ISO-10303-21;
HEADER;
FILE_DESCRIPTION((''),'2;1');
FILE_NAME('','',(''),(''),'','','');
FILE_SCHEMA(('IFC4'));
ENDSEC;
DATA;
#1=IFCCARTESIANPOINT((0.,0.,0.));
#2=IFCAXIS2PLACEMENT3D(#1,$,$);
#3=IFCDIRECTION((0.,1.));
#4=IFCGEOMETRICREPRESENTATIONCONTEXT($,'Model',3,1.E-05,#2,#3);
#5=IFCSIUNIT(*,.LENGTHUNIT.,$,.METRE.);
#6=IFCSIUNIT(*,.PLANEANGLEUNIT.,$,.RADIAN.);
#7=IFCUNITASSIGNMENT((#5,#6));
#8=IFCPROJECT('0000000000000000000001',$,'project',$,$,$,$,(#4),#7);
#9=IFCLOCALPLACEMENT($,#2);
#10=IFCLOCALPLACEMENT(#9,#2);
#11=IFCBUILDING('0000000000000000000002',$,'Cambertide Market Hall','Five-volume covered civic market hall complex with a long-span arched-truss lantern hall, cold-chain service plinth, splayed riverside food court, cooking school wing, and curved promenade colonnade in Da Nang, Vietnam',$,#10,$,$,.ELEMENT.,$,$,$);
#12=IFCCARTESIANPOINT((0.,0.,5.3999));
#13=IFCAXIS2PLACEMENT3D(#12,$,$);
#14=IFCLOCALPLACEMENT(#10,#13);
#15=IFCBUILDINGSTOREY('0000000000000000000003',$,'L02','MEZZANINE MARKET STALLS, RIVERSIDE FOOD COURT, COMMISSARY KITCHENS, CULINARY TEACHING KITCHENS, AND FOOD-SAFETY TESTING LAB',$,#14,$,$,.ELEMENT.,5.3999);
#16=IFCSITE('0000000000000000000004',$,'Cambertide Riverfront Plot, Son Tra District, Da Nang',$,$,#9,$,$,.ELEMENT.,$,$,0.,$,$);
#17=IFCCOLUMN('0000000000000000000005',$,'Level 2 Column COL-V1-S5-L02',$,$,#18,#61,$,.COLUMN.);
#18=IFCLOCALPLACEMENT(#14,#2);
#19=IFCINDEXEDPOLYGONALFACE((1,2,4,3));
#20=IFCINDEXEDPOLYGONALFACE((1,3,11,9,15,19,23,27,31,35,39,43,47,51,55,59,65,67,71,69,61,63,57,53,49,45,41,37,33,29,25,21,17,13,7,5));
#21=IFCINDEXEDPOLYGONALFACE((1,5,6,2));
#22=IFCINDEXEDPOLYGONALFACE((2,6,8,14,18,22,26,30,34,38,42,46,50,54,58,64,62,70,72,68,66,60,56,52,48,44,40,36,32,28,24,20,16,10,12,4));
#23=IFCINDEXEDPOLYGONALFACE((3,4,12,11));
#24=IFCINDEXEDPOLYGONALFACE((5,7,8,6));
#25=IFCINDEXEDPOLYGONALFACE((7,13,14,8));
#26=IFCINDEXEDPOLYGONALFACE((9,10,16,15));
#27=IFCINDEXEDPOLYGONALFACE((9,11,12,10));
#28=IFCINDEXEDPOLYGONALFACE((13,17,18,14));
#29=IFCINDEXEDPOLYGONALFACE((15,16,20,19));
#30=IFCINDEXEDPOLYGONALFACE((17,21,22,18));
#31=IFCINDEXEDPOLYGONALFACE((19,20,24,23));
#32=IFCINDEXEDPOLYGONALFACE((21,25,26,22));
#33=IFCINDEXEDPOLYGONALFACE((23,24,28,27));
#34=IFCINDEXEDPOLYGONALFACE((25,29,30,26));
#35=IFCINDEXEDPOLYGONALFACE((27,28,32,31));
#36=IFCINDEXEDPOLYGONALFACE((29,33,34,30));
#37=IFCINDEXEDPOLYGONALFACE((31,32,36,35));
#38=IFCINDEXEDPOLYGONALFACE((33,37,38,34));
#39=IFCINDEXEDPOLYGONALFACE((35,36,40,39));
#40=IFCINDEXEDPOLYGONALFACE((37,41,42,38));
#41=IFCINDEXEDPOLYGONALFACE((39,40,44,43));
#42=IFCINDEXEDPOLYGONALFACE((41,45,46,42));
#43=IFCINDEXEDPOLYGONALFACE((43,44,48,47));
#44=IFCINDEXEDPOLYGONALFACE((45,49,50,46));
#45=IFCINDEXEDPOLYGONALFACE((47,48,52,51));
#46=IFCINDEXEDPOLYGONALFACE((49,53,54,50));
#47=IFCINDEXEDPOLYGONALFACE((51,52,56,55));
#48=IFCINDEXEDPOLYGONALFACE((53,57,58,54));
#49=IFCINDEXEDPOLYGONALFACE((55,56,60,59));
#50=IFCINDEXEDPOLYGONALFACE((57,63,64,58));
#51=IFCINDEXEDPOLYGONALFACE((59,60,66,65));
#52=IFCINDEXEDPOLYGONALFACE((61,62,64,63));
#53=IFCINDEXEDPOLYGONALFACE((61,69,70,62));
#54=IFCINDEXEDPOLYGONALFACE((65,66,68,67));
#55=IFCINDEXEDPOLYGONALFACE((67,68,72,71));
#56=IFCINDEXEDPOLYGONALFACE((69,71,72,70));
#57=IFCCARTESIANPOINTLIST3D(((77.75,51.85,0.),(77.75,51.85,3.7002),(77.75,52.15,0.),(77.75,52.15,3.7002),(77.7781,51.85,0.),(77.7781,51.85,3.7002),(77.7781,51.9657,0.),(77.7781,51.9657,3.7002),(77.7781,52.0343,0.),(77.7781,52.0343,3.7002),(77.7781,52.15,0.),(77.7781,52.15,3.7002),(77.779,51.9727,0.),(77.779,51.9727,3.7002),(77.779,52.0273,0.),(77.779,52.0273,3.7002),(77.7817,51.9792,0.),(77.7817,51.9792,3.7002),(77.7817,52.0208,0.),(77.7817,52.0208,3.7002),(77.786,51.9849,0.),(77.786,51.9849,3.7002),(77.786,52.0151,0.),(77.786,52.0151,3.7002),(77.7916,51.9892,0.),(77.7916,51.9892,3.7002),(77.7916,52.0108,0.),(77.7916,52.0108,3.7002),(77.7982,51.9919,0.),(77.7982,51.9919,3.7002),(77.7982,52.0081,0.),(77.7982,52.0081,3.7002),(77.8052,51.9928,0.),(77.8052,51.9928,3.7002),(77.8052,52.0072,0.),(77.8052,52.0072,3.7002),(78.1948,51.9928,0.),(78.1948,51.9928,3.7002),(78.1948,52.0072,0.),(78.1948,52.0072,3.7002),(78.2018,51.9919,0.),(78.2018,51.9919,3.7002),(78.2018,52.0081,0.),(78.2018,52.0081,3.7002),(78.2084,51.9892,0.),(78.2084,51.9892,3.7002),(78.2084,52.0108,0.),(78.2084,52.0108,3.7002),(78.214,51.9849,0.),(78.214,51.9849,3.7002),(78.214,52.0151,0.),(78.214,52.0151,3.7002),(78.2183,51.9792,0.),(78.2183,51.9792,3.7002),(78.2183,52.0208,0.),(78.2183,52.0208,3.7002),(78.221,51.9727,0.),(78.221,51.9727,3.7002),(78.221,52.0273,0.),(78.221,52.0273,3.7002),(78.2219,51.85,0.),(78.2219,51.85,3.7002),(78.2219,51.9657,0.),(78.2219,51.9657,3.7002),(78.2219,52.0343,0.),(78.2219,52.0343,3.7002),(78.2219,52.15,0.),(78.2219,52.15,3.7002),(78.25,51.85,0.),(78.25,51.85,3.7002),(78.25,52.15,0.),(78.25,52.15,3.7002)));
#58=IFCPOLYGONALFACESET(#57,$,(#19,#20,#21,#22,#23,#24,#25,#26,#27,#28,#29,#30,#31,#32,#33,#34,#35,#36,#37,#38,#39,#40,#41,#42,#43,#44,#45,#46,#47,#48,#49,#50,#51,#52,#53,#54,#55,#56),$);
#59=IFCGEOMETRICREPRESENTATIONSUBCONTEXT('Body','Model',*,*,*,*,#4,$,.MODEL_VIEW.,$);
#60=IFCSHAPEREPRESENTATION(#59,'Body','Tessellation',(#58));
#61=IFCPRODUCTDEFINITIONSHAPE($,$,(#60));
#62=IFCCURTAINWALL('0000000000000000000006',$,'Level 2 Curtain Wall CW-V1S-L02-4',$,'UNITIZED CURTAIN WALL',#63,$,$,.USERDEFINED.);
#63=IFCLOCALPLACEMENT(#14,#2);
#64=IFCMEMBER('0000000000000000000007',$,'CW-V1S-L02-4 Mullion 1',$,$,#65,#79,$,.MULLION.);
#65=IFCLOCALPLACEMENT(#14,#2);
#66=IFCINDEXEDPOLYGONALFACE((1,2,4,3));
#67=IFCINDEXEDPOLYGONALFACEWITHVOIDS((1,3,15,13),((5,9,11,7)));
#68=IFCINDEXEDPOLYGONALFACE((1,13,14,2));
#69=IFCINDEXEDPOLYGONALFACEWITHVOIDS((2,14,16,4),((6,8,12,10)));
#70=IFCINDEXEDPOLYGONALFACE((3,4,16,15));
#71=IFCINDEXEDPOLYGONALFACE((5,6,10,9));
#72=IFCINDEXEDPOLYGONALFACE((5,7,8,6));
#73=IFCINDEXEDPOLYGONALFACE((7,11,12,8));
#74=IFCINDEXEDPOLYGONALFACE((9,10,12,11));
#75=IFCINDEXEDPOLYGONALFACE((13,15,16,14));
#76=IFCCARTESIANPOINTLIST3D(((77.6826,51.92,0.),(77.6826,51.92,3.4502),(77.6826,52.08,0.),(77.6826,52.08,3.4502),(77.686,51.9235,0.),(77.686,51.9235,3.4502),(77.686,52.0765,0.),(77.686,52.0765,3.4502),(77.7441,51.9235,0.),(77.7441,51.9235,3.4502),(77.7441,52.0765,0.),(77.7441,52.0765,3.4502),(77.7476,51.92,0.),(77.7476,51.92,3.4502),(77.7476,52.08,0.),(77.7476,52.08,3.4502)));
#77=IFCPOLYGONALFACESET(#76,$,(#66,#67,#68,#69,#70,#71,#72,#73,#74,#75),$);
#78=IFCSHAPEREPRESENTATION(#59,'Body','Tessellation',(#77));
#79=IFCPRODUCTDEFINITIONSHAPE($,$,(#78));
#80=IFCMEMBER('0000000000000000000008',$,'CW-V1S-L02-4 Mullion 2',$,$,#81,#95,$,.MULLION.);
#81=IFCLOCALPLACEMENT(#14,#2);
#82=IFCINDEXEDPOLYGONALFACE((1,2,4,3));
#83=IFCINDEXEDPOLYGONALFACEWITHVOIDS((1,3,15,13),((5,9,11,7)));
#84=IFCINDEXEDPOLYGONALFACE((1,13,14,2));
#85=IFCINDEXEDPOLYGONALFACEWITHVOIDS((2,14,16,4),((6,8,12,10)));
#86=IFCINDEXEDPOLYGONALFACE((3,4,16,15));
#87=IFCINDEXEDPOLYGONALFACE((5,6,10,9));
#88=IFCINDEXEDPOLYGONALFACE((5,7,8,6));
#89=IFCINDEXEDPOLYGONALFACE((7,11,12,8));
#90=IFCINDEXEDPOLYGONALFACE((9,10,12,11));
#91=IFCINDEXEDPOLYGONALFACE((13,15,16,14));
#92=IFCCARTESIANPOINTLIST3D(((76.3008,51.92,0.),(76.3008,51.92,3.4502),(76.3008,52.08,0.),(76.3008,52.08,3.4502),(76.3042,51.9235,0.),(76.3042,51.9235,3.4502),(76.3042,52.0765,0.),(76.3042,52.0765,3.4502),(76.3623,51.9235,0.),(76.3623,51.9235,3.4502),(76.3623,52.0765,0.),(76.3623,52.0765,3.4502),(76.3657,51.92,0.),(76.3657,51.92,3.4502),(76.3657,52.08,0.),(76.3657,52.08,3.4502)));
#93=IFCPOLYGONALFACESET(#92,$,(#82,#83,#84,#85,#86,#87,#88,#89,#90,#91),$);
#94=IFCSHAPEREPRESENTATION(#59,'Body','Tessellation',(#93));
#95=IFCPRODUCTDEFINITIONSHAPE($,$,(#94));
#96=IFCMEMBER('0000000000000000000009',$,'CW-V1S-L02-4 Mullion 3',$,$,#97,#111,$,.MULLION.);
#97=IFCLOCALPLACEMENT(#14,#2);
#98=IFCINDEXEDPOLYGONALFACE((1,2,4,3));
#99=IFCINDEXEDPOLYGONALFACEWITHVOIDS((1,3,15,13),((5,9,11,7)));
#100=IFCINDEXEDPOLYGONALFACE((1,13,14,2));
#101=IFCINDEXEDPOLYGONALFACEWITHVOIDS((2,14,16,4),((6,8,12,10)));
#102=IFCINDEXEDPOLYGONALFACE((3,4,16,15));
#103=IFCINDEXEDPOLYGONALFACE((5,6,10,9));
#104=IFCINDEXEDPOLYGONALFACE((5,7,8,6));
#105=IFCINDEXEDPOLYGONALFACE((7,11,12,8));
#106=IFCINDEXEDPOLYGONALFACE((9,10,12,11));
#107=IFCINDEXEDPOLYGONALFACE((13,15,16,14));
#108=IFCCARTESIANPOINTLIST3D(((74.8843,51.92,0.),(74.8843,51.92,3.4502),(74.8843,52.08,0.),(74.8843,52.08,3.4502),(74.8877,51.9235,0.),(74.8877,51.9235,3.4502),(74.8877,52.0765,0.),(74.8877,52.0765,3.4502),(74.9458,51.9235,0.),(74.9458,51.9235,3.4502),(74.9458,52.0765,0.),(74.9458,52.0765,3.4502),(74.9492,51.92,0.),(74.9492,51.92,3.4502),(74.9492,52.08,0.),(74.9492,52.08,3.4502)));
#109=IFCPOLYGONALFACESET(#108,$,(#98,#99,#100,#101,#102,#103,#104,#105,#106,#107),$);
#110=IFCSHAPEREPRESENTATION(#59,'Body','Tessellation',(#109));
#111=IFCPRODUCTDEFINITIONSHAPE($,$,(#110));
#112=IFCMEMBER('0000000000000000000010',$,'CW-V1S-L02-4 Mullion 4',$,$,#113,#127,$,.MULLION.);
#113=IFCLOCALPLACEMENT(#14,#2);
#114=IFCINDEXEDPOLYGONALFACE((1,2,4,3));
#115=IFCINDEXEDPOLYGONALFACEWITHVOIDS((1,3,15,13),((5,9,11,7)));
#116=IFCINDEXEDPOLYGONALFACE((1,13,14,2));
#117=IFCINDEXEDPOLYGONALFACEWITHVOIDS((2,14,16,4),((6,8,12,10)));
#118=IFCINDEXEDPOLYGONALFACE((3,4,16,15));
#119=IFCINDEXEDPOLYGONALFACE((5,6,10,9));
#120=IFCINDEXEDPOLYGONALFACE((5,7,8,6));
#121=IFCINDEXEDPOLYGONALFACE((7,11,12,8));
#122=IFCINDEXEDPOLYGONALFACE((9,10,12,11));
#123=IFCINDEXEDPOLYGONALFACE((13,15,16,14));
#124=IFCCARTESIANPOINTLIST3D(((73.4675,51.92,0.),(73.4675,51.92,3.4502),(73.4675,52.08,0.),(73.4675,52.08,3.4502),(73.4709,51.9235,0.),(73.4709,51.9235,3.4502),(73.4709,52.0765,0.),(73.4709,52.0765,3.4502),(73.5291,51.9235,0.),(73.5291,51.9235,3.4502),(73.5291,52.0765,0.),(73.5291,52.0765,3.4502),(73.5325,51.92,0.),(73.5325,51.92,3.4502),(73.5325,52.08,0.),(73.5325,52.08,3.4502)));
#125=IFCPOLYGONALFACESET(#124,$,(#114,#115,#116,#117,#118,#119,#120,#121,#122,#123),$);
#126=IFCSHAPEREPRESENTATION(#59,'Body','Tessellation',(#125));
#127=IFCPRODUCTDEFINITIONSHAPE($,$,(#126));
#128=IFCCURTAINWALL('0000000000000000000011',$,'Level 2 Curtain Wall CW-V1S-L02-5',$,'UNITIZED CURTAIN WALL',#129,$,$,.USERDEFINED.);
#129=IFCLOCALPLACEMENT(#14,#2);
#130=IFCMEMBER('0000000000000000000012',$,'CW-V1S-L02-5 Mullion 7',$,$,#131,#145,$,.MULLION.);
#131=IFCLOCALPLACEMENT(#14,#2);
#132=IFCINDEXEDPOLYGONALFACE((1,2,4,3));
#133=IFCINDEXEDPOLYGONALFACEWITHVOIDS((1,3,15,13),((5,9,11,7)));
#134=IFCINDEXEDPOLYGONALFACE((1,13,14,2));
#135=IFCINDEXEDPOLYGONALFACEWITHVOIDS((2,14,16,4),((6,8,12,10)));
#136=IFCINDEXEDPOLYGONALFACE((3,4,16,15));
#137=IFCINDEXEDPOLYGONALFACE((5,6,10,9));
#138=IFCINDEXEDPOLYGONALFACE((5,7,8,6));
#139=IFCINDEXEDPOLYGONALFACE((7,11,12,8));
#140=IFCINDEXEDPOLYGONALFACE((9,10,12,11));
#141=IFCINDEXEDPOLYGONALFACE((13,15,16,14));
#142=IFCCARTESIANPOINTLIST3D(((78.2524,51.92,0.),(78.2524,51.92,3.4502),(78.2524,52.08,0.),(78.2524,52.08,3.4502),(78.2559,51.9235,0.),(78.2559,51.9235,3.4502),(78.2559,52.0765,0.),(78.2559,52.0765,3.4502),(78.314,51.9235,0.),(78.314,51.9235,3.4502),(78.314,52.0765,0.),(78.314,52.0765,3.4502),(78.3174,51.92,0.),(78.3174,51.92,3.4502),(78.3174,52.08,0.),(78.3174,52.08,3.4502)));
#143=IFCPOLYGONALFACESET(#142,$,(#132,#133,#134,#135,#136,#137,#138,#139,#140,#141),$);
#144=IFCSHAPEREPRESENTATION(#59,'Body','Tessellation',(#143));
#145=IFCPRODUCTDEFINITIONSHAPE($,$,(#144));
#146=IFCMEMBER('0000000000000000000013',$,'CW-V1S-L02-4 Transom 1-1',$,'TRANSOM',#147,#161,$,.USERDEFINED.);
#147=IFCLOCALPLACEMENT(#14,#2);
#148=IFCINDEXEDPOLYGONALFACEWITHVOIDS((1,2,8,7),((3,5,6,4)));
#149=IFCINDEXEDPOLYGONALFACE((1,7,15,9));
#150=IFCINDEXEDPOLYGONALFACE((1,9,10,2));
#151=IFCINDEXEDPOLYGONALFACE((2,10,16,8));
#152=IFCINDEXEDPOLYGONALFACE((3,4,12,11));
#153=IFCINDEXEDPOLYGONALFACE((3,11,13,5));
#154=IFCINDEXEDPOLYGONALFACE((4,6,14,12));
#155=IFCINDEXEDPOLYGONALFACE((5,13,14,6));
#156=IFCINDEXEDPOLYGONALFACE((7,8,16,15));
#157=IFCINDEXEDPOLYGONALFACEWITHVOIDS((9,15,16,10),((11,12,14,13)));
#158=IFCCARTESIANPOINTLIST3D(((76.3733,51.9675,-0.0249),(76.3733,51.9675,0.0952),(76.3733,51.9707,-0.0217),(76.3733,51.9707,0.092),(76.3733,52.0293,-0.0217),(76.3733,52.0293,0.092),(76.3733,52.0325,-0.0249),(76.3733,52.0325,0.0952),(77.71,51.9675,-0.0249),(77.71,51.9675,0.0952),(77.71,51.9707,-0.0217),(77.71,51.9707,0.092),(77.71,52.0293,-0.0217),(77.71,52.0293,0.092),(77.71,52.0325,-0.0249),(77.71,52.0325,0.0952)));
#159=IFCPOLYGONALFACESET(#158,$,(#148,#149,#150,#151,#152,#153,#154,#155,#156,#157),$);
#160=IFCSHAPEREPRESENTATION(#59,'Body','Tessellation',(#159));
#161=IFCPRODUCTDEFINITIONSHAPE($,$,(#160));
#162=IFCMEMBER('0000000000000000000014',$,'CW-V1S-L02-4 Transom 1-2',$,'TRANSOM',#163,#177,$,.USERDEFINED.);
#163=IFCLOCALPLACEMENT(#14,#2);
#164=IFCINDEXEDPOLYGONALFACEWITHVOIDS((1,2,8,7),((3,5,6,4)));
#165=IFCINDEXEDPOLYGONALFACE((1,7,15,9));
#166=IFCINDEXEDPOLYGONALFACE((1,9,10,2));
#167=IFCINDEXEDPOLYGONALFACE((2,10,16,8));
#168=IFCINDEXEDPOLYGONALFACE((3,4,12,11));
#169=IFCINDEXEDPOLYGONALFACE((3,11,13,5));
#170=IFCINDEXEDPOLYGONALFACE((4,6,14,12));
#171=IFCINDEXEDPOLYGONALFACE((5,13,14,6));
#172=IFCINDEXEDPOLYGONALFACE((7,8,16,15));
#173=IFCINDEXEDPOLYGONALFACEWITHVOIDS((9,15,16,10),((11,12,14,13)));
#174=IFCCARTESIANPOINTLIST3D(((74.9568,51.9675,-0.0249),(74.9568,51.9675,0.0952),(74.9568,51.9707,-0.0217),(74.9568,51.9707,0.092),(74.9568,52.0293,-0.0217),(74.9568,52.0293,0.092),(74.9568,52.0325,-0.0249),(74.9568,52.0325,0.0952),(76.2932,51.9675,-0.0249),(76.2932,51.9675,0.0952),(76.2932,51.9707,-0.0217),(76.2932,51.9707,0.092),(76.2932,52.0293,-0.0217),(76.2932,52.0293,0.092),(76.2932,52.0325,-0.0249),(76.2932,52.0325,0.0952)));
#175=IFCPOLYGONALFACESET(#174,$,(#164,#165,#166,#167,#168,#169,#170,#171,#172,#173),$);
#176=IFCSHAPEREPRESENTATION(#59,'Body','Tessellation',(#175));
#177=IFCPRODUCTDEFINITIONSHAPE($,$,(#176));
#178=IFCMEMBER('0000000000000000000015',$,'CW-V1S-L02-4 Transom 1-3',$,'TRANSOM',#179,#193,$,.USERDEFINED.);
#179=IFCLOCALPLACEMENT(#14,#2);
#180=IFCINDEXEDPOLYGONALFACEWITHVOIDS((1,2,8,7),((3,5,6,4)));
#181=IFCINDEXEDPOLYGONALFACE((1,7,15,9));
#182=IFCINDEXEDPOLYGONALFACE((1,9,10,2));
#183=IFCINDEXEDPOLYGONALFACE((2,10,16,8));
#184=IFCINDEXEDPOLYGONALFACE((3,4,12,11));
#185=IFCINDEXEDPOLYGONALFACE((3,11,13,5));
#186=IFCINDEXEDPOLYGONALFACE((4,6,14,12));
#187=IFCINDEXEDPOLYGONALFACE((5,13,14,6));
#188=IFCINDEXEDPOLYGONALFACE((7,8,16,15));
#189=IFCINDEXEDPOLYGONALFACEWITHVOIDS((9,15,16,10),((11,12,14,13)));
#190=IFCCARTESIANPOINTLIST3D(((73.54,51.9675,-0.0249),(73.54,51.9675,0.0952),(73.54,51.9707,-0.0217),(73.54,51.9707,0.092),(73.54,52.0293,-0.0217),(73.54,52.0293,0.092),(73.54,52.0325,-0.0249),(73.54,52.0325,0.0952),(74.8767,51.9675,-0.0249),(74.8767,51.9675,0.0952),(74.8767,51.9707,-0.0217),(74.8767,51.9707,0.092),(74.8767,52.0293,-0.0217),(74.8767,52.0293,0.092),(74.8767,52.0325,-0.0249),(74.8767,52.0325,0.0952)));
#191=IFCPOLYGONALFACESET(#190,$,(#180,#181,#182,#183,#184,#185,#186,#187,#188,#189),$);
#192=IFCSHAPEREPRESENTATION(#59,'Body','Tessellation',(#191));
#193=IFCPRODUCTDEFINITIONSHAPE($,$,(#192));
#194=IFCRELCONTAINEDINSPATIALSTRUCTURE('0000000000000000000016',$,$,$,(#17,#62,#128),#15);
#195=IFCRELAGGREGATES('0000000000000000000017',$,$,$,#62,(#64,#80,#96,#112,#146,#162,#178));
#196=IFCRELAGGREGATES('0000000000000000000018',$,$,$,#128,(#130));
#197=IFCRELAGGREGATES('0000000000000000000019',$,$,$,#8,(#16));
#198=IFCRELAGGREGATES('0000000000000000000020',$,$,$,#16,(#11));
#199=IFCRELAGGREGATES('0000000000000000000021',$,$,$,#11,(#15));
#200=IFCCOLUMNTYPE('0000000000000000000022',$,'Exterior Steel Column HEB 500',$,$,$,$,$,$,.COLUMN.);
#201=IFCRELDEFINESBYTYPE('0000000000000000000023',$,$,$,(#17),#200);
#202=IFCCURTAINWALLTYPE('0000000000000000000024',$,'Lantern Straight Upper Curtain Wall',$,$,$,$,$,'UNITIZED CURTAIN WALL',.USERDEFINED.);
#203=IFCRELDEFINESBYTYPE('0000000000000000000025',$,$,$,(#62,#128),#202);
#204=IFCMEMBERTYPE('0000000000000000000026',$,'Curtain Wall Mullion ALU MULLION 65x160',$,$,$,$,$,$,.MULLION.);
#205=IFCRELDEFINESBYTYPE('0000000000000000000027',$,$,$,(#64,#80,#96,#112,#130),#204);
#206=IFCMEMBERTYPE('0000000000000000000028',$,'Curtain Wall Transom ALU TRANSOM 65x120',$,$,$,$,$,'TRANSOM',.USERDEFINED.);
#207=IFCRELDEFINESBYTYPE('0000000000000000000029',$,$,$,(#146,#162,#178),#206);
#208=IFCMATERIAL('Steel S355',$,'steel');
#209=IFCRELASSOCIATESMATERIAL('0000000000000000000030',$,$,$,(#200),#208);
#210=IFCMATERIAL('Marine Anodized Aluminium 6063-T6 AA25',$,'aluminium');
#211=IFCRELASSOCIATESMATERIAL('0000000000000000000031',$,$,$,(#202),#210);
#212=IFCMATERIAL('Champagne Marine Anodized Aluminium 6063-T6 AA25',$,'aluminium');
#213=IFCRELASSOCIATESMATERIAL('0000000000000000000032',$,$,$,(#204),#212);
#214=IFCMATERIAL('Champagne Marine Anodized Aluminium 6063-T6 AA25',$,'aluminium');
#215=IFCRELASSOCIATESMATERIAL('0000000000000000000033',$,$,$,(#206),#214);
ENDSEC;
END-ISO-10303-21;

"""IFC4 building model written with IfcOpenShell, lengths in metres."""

from ifc_helpers import new_model, si_unit, direction, frame, origin, origin_2d, place, context, subcontext, project, spatial, hollow_rectangle, i_section, extrude, material, material_profile, profile_set, type_object, element, aggregate, save


model = new_model("IFC4")

# Units and contexts
model_context = context("Model", 3, precision=1e-05, world=origin(), true_north=direction((0.0, 1.0)))
body_context = subcontext(model_context, "Body", "Model", "MODEL_VIEW")
ifc_project = project(units=[si_unit("LENGTHUNIT", "METRE"), si_unit("PLANEANGLEUNIT", "RADIAN")], contexts=[model_context])

# Site, building, storey
site_placement = place(None, origin())
site = spatial("IfcSite", under=ifc_project, at=site_placement, Name="Cambertide Riverfront Plot, Son Tra District, Da Nang", CompositionType="ELEMENT", RefElevation=0.0)
building_placement = place(site_placement, origin())
building = spatial("IfcBuilding", under=site, at=building_placement, Name="Cambertide Market Hall", Description="Five-volume covered civic market hall complex with a long-span arched-truss lantern hall, cold-chain service plinth, splayed riverside food court, cooking school wing, and curved promenade colonnade in Da Nang, Vietnam", CompositionType="ELEMENT")
storey_placement = place(building_placement, frame((0.0, 0.0, 5.3999)))
storey = spatial("IfcBuildingStorey", under=building, at=storey_placement, Name="L02", Description="MEZZANINE MARKET STALLS, RIVERSIDE FOOD COURT, COMMISSARY KITCHENS, CULINARY TEACHING KITCHENS, AND FOOD-SAFETY TESTING LAB", CompositionType="ELEMENT", Elevation=5.3999)

# Column
ifc_material_1 = material(Name="Steel S355", Category="steel")
ifc_material_profile_1 = material_profile(ifc_material_1, i_section(OverallWidth=0.3, OverallDepth=0.5, WebThickness=0.0144, FlangeThickness=0.0281, FilletRadius=0.0271, at=origin_2d()), Name="HEB 500")
ifc_profile_set_1 = profile_set([ifc_material_profile_1], Name="Steel S355")
column_type = type_object("IfcColumnType", Name="Exterior Steel Column HEB 500", PredefinedType="COLUMN", material=ifc_profile_set_1)
column_placement = place(storey_placement, frame((78.0, 52.0, 0.0), z_axis=(0.0, 0.0, 1.0), x_axis=(0.0, 1.0, 0.0)))
element("IfcColumn", 1, at=column_placement, inside=storey, type_object=column_type, Name="Level 2 Column COL-V1-S5-L02", PredefinedType="COLUMN", context=body_context, shape_type="SweptSolid", body=[
    extrude(i_section(OverallWidth=0.3, OverallDepth=0.5, WebThickness=0.0144, FlangeThickness=0.0281, FilletRadius=0.0271, at=origin_2d()), origin(), (0.0, 0.0, 1.0), 3.7002),
])

# Curtain wall, members
ifc_material_2 = material(Name="Marine Anodized Aluminium 6063-T6 AA25", Category="aluminium")
curtain_wall_type = type_object("IfcCurtainWallType", Name="Lantern Straight Upper Curtain Wall", ElementType="UNITIZED CURTAIN WALL", PredefinedType="USERDEFINED", material=ifc_material_2)
curtain_wall_1_placement = place(storey_placement, origin())
curtain_wall_1 = element("IfcCurtainWall", 2, at=curtain_wall_1_placement, inside=storey, type_object=curtain_wall_type, Name="Level 2 Curtain Wall CW-V1S-L02-4", ObjectType="UNITIZED CURTAIN WALL", PredefinedType="USERDEFINED")
ifc_material_3 = material(Name="Champagne Marine Anodized Aluminium 6063-T6 AA25", Category="aluminium")
ifc_material_profile_2 = material_profile(ifc_material_3, hollow_rectangle(XDim=0.0649, YDim=0.1599, WallThickness=0.0034, at=origin_2d()), Name="ALU MULLION 65x160")
ifc_profile_set_2 = profile_set([ifc_material_profile_2], Name="Champagne Marine Anodized Aluminium 6063-T6 AA25")
member_type_1 = type_object("IfcMemberType", Name="Curtain Wall Mullion ALU MULLION 65x160", PredefinedType="MULLION", material=ifc_profile_set_2)
member_1_placement = place(storey_placement, frame((77.7151, 52.0, 0.0), z_axis=(0.0, 0.0, 1.0), x_axis=(-1.0, 0.0, 0.0)))
member_1 = element("IfcMember", 3, at=member_1_placement, type_object=member_type_1, Name="CW-V1S-L02-4 Mullion 1", PredefinedType="MULLION", context=body_context, shape_type="SweptSolid", body=[
    extrude(hollow_rectangle(XDim=0.0649, YDim=0.1599, WallThickness=0.0034, at=origin_2d()), origin(), (0.0, 0.0, 1.0), 3.4502),
])
member_2_placement = place(storey_placement, frame((76.3333, 52.0, 0.0), z_axis=(0.0, 0.0, 1.0), x_axis=(-1.0, 0.0, 0.0)))
member_2 = element("IfcMember", 4, at=member_2_placement, type_object=member_type_1, Name="CW-V1S-L02-4 Mullion 2", PredefinedType="MULLION", context=body_context, shape_type="SweptSolid", body=[
    extrude(hollow_rectangle(XDim=0.0649, YDim=0.1599, WallThickness=0.0034, at=origin_2d()), origin(), (0.0, 0.0, 1.0), 3.4502),
])
member_3_placement = place(storey_placement, frame((74.9167, 52.0, 0.0), z_axis=(0.0, 0.0, 1.0), x_axis=(-1.0, 0.0, 0.0)))
member_3 = element("IfcMember", 5, at=member_3_placement, type_object=member_type_1, Name="CW-V1S-L02-4 Mullion 3", PredefinedType="MULLION", context=body_context, shape_type="SweptSolid", body=[
    extrude(hollow_rectangle(XDim=0.0649, YDim=0.1599, WallThickness=0.0034, at=origin_2d()), origin(), (0.0, 0.0, 1.0), 3.4502),
])
member_4_placement = place(storey_placement, frame((73.5, 52.0, 0.0), z_axis=(0.0, 0.0, 1.0), x_axis=(-1.0, 0.0, 0.0)))
member_4 = element("IfcMember", 6, at=member_4_placement, type_object=member_type_1, Name="CW-V1S-L02-4 Mullion 4", PredefinedType="MULLION", context=body_context, shape_type="SweptSolid", body=[
    extrude(hollow_rectangle(XDim=0.0649, YDim=0.1599, WallThickness=0.0034, at=origin_2d()), origin(), (0.0, 0.0, 1.0), 3.4502),
])

# Curtain wall, member
curtain_wall_2_placement = place(storey_placement, origin())
curtain_wall_2 = element("IfcCurtainWall", 7, at=curtain_wall_2_placement, inside=storey, type_object=curtain_wall_type, Name="Level 2 Curtain Wall CW-V1S-L02-5", ObjectType="UNITIZED CURTAIN WALL", PredefinedType="USERDEFINED")
member_5_placement = place(storey_placement, frame((78.2849, 52.0, 0.0), z_axis=(0.0, 0.0, 1.0), x_axis=(-1.0, 0.0, 0.0)))
member_5 = element("IfcMember", 8, at=member_5_placement, type_object=member_type_1, Name="CW-V1S-L02-5 Mullion 7", PredefinedType="MULLION", context=body_context, shape_type="SweptSolid", body=[
    extrude(hollow_rectangle(XDim=0.0649, YDim=0.1599, WallThickness=0.0034, at=origin_2d()), origin(), (0.0, 0.0, 1.0), 3.4502),
])

# Members
ifc_material_4 = material(Name="Champagne Marine Anodized Aluminium 6063-T6 AA25", Category="aluminium")
ifc_material_profile_3 = material_profile(ifc_material_4, hollow_rectangle(XDim=0.0649, YDim=0.1201, WallThickness=0.0032, at=origin_2d()), Name="ALU TRANSOM 65x120")
ifc_profile_set_3 = profile_set([ifc_material_profile_3], Name="Champagne Marine Anodized Aluminium 6063-T6 AA25")
member_type_2 = type_object("IfcMemberType", Name="Curtain Wall Transom ALU TRANSOM 65x120", ElementType="TRANSOM", PredefinedType="USERDEFINED", material=ifc_profile_set_3)
member_6_placement = place(storey_placement, frame((77.71, 52.0, 0.0352), z_axis=(-1.0, 0.0, 0.0), x_axis=(0.0, -1.0, 0.0)))
member_6 = element("IfcMember", 9, at=member_6_placement, type_object=member_type_2, Name="CW-V1S-L02-4 Transom 1-1", ObjectType="TRANSOM", PredefinedType="USERDEFINED", context=body_context, shape_type="SweptSolid", body=[
    extrude(hollow_rectangle(XDim=0.0649, YDim=0.1201, WallThickness=0.0032, at=origin_2d()), origin(), (0.0, 0.0, 1.0), 1.3367),
])
member_7_placement = place(storey_placement, frame((76.2932, 52.0, 0.0352), z_axis=(-1.0, 0.0, 0.0), x_axis=(0.0, -1.0, 0.0)))
member_7 = element("IfcMember", 10, at=member_7_placement, type_object=member_type_2, Name="CW-V1S-L02-4 Transom 1-2", ObjectType="TRANSOM", PredefinedType="USERDEFINED", context=body_context, shape_type="SweptSolid", body=[
    extrude(hollow_rectangle(XDim=0.0649, YDim=0.1201, WallThickness=0.0032, at=origin_2d()), origin(), (0.0, 0.0, 1.0), 1.3364),
])
member_8_placement = place(storey_placement, frame((74.8767, 52.0, 0.0352), z_axis=(-1.0, 0.0, 0.0), x_axis=(0.0, -1.0, 0.0)))
member_8 = element("IfcMember", 11, at=member_8_placement, type_object=member_type_2, Name="CW-V1S-L02-4 Transom 1-3", ObjectType="TRANSOM", PredefinedType="USERDEFINED", context=body_context, shape_type="SweptSolid", body=[
    extrude(hollow_rectangle(XDim=0.0649, YDim=0.1201, WallThickness=0.0032, at=origin_2d()), origin(), (0.0, 0.0, 1.0), 1.3367),
])

aggregate(curtain_wall_1, [member_1, member_2, member_3, member_4, member_6, member_7, member_8])
aggregate(curtain_wall_2, [member_5])

save(model, "model.ifc")
